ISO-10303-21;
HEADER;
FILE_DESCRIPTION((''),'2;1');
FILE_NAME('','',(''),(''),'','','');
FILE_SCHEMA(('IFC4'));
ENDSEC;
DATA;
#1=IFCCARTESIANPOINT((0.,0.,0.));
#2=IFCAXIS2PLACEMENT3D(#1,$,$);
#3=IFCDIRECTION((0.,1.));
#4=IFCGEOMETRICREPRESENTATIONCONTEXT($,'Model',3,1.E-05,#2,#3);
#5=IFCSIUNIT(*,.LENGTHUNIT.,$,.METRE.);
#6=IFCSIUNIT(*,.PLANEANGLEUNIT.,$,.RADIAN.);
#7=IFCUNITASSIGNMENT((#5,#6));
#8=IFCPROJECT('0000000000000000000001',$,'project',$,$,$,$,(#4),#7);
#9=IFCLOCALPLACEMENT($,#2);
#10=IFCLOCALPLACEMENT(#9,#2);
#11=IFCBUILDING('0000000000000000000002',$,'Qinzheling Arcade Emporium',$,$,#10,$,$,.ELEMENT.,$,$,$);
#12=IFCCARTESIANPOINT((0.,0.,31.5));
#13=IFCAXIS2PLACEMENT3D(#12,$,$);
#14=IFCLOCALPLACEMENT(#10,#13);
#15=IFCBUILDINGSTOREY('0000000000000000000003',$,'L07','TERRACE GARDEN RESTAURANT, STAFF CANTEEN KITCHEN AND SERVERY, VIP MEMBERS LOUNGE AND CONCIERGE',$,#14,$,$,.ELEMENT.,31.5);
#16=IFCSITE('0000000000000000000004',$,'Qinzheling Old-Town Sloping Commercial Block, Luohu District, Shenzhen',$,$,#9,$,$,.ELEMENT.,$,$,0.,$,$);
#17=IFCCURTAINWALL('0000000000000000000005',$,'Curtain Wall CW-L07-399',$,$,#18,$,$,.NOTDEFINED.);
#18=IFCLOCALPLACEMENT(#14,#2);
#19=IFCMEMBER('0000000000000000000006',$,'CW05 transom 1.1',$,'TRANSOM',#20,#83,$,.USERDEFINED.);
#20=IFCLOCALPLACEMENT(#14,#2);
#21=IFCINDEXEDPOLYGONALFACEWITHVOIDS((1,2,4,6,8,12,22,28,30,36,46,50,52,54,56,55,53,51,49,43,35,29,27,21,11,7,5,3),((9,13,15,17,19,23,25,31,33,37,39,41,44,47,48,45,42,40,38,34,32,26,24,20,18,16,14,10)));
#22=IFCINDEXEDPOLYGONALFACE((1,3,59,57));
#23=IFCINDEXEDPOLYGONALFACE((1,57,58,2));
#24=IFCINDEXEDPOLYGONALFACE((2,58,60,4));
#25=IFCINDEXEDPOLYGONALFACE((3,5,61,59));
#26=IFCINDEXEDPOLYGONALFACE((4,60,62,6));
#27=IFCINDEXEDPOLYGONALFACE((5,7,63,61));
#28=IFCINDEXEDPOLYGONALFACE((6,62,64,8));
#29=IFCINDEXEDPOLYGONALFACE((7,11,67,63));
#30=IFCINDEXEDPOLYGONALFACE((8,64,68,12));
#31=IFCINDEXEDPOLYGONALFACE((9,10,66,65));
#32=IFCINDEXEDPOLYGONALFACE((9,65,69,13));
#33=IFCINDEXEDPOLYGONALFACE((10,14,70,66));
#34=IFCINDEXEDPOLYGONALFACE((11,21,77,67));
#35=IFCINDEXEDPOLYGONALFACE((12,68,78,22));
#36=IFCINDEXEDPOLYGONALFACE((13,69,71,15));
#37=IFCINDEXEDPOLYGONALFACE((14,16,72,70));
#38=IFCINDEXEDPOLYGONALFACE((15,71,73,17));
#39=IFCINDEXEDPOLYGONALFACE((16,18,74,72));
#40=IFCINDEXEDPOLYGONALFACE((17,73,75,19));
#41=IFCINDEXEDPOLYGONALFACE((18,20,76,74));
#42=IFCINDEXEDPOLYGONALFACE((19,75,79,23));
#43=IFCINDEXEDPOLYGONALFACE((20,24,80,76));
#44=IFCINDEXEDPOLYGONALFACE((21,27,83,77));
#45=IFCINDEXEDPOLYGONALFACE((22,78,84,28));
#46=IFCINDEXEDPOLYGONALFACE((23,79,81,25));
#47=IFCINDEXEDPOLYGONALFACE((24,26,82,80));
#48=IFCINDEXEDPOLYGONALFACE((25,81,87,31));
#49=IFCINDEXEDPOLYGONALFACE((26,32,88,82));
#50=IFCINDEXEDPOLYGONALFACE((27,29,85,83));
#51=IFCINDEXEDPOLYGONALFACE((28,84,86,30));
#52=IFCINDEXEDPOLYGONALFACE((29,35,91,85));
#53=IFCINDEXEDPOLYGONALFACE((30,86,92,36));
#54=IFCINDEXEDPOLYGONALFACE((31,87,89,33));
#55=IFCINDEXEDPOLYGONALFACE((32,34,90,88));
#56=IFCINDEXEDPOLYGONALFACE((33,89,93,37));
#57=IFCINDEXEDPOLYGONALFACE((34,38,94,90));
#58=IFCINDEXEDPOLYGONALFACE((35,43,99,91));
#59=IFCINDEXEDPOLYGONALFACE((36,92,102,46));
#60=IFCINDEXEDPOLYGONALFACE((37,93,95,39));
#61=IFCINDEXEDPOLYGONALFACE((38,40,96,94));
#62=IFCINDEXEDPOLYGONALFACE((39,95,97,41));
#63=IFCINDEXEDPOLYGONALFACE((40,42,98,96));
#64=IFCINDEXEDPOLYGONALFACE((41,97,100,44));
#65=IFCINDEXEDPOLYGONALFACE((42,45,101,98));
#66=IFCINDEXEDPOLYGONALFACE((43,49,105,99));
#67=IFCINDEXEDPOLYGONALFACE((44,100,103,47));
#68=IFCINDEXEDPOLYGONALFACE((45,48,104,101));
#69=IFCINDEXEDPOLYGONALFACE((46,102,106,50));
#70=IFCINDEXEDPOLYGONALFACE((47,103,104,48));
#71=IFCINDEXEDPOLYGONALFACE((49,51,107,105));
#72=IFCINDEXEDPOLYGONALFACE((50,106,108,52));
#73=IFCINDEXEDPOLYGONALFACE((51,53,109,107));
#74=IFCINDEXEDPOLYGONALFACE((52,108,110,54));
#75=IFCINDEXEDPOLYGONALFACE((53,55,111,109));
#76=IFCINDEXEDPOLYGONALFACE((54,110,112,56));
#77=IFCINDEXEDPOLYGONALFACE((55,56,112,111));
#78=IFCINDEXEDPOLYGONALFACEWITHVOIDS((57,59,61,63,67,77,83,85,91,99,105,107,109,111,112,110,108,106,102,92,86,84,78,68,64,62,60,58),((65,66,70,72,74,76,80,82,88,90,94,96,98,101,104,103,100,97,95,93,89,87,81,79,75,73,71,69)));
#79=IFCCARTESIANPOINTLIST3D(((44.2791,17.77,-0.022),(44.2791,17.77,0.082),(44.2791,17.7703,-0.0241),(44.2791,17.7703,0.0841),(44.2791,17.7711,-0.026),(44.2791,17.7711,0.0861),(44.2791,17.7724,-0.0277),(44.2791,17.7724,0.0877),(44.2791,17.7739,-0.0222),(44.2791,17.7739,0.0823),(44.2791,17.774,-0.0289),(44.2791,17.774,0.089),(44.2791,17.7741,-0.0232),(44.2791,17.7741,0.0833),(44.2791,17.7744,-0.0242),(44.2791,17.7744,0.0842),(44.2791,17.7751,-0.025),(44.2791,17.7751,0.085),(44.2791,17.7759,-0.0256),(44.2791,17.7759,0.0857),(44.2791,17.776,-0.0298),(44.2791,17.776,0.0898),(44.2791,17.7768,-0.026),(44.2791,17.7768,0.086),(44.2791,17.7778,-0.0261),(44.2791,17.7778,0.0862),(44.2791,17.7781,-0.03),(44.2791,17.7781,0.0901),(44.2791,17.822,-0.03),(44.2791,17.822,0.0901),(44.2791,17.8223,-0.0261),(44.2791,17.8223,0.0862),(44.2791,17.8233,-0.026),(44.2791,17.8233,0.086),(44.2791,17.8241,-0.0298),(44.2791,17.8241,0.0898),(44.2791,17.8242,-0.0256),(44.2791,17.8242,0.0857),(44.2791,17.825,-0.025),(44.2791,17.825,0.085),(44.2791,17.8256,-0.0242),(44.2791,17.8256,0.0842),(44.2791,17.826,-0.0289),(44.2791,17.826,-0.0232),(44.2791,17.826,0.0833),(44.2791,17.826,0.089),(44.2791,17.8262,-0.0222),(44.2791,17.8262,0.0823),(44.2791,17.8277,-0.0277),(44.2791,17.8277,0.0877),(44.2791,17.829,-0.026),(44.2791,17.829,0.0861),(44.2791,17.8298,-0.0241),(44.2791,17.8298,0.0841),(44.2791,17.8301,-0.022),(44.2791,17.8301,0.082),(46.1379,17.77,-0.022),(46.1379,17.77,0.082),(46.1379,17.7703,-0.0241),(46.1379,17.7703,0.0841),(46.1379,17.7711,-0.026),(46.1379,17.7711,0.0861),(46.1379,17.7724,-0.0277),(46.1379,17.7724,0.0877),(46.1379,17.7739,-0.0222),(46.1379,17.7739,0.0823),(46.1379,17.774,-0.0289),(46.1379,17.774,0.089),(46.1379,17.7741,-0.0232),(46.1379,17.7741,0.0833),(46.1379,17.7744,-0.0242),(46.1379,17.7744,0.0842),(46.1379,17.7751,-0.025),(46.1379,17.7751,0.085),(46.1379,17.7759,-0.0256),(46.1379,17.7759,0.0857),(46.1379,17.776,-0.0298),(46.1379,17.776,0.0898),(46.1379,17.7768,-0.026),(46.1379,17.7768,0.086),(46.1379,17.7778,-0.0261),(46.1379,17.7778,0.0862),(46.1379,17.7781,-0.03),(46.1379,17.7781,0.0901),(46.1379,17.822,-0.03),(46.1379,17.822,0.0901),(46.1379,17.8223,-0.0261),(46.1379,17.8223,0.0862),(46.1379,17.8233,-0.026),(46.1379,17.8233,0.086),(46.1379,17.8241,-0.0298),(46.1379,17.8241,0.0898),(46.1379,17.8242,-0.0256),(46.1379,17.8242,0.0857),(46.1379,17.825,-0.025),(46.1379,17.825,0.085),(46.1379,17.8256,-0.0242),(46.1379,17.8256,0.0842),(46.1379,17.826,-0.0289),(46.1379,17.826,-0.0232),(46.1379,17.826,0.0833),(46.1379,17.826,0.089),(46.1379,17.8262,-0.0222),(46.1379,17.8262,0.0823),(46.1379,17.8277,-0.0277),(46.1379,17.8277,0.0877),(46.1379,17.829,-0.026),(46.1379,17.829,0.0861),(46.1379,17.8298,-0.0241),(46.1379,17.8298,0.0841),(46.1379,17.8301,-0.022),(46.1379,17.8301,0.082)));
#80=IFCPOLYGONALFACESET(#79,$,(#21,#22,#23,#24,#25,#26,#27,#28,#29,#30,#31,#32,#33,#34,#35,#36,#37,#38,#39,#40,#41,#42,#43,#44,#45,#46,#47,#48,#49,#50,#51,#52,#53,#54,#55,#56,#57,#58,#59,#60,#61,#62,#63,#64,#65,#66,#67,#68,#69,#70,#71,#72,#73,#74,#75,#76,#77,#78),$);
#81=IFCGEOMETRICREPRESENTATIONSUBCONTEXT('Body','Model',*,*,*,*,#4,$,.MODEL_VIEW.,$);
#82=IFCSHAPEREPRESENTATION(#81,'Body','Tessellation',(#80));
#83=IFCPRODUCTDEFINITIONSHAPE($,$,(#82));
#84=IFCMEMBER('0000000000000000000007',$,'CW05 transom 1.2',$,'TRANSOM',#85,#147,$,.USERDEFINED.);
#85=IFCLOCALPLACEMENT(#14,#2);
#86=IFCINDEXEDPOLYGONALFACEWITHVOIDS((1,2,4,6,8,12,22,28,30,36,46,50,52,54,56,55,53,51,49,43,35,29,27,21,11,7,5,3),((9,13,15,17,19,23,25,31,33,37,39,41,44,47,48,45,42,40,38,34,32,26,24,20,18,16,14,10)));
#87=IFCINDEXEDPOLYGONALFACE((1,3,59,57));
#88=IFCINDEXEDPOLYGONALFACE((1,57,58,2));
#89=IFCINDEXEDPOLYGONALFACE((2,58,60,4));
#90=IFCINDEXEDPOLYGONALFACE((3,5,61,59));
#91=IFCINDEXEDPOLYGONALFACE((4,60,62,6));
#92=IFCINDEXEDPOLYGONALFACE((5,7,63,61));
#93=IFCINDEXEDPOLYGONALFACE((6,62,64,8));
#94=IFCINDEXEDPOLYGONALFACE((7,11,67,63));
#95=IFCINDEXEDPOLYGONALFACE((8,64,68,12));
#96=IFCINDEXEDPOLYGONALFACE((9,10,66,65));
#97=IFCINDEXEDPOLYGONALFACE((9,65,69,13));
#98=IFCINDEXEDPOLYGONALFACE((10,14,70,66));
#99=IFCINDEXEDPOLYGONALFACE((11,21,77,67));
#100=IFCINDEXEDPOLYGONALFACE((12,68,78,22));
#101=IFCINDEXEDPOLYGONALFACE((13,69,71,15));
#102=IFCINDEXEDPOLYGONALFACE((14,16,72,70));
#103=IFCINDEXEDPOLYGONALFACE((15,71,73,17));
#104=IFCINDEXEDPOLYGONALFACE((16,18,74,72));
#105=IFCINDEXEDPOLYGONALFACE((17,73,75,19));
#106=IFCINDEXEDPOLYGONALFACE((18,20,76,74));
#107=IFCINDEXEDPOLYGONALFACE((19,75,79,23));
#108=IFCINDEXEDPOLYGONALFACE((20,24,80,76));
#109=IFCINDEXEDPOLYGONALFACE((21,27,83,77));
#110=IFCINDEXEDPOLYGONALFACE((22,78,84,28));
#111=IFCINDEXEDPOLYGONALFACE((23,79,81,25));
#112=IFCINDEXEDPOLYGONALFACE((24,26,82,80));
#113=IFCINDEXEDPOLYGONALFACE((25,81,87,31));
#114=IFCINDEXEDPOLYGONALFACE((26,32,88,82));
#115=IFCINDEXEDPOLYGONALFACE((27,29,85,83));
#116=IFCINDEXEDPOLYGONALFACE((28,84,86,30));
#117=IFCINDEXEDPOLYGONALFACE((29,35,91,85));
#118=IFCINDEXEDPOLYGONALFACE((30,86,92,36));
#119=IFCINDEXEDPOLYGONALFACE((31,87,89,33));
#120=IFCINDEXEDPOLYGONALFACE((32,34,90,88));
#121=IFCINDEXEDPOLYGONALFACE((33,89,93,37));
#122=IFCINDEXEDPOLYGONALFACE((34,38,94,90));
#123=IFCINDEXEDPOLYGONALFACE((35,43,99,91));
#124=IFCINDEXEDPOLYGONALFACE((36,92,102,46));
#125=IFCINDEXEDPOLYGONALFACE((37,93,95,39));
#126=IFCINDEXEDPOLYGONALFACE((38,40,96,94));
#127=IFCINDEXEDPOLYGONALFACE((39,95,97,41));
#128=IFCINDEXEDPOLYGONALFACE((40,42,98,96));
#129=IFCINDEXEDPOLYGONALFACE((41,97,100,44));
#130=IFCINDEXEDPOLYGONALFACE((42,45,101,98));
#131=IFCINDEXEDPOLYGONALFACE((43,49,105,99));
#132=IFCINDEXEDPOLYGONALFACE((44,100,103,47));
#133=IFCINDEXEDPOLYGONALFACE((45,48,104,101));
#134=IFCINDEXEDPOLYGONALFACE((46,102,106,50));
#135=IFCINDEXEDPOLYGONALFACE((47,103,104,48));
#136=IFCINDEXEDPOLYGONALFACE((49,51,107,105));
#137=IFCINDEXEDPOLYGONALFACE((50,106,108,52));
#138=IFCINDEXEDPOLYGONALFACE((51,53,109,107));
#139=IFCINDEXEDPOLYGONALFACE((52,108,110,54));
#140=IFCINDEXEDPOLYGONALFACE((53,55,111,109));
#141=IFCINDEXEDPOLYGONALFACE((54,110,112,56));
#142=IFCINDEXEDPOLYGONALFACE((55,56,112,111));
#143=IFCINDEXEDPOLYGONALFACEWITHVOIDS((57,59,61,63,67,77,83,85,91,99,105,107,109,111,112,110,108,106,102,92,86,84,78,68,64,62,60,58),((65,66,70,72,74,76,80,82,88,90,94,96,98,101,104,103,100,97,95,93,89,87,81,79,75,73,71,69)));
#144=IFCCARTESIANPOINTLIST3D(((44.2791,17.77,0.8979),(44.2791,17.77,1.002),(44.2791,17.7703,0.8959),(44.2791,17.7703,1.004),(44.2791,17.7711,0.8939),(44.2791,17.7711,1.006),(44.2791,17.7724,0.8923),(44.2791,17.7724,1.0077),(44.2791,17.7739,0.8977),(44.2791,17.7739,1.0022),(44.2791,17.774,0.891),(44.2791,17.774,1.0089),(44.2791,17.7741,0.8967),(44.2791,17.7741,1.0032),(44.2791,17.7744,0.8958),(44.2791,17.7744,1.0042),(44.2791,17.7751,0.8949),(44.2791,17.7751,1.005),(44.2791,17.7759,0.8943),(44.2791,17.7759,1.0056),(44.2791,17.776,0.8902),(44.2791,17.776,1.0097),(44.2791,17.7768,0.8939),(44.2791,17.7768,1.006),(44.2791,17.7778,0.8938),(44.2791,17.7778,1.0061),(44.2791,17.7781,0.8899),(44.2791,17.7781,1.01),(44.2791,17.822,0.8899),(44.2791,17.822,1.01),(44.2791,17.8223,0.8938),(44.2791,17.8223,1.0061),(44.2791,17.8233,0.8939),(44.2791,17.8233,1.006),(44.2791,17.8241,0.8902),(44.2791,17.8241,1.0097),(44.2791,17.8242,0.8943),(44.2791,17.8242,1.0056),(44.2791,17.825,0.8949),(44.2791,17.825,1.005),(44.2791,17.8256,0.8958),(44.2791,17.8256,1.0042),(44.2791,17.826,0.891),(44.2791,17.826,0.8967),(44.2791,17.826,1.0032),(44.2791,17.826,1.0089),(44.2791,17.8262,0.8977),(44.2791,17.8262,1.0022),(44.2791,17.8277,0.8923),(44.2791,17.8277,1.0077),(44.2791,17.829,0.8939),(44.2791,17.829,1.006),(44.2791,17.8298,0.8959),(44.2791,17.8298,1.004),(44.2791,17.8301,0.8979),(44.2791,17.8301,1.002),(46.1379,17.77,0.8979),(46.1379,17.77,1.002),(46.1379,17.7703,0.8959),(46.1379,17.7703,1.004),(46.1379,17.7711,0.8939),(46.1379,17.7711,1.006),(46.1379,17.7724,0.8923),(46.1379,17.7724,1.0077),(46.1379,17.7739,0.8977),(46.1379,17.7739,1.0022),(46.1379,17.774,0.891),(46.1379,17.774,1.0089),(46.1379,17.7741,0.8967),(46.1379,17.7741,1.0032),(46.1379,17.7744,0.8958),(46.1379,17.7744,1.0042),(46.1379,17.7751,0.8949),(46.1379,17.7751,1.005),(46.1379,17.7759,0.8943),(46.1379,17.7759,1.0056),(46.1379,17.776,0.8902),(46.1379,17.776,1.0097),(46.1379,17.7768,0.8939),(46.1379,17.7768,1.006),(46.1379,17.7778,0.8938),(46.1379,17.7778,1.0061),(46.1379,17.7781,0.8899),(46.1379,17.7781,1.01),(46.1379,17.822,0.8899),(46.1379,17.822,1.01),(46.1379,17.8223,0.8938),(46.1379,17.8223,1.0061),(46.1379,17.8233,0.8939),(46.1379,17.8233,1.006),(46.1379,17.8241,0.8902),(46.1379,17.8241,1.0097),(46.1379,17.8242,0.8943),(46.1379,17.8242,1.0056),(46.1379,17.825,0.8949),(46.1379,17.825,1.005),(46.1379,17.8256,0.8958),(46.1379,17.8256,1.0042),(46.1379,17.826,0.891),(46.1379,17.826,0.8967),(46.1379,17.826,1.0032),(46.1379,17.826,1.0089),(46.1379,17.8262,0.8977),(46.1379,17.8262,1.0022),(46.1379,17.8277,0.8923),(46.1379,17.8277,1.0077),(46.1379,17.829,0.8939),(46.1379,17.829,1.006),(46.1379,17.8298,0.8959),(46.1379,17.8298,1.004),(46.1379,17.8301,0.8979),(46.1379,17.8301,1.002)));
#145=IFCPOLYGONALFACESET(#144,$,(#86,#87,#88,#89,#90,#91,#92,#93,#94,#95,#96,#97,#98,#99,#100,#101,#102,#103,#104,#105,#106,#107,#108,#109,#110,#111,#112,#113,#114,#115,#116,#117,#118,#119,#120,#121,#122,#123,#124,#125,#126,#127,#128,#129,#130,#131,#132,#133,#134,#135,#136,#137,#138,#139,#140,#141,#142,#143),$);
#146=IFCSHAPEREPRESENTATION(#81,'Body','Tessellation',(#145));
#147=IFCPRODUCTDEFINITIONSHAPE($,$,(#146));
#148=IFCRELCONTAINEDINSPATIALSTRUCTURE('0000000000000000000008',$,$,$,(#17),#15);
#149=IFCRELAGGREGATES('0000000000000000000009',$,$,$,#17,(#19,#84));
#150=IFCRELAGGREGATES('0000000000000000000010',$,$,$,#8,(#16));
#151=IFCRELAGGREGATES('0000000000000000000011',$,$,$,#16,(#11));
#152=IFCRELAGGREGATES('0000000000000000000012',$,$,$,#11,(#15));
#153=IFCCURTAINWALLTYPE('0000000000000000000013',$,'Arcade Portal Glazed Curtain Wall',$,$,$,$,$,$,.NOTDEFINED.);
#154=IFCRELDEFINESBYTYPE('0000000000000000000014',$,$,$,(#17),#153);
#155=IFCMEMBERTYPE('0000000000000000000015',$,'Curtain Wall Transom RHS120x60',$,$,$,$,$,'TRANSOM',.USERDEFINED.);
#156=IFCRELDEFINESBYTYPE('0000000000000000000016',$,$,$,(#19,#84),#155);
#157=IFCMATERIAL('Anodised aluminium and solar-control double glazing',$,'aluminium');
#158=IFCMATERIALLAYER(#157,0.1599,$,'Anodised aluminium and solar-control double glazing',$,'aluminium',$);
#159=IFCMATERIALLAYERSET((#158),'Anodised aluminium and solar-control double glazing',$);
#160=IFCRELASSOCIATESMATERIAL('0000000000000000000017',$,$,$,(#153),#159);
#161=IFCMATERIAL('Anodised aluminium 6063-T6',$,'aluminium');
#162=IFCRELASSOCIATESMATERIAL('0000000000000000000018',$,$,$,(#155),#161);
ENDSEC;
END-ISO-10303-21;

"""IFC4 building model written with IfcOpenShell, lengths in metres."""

from ifc_helpers import new_model, si_unit, direction, frame, origin, origin_2d, place, context, subcontext, project, spatial, hollow_rectangle, extrude, material, layer, layer_set, material_profile, profile_set, type_object, element, aggregate, save


model = new_model("IFC4")

# Units and contexts
model_context = context("Model", 3, precision=1e-05, world=origin(), true_north=direction((0.0, 1.0)))
body_context = subcontext(model_context, "Body", "Model", "MODEL_VIEW")
ifc_project = project(units=[si_unit("LENGTHUNIT", "METRE"), si_unit("PLANEANGLEUNIT", "RADIAN")], contexts=[model_context])

# Site, building, storey
site_placement = place(None, origin())
site = spatial("IfcSite", under=ifc_project, at=site_placement, Name="Qinzheling Old-Town Sloping Commercial Block, Luohu District, Shenzhen", CompositionType="ELEMENT", RefElevation=0.0)
building_placement = place(site_placement, origin())
building = spatial("IfcBuilding", under=site, at=building_placement, Name="Qinzheling Arcade Emporium", CompositionType="ELEMENT")
storey_placement = place(building_placement, frame((0.0, 0.0, 31.5)))
storey = spatial("IfcBuildingStorey", under=building, at=storey_placement, Name="L07", Description="TERRACE GARDEN RESTAURANT, STAFF CANTEEN KITCHEN AND SERVERY, VIP MEMBERS LOUNGE AND CONCIERGE", CompositionType="ELEMENT", Elevation=31.5)

# Curtain wall
ifc_material_1 = material(Name="Anodised aluminium and solar-control double glazing", Category="aluminium")
ifc_layer_1 = layer(ifc_material_1, 0.1599, Name="Anodised aluminium and solar-control double glazing", Category="aluminium")
ifc_layer_set_1 = layer_set([ifc_layer_1], Name="Anodised aluminium and solar-control double glazing")
curtain_wall_type = type_object("IfcCurtainWallType", Name="Arcade Portal Glazed Curtain Wall", PredefinedType="NOTDEFINED", material=ifc_layer_set_1)
ifc_material_2 = material(Name="Anodised aluminium 6063-T6", Category="aluminium")
curtain_wall_1_placement = place(storey_placement, origin())
curtain_wall_1 = element("IfcCurtainWall", 1, at=curtain_wall_1_placement, inside=storey, type_object=curtain_wall_type, Name="Curtain Wall CW-L07-399", PredefinedType="NOTDEFINED")

# Members
ifc_material_profile_1 = material_profile(ifc_material_2, hollow_rectangle(XDim=0.0601, YDim=0.1201, WallThickness=0.0039, InnerFilletRadius=0.0039, OuterFilletRadius=0.0081, at=origin_2d()), Name="RHS 120x60x4", Category="aluminium")
ifc_profile_set_1 = profile_set([ifc_material_profile_1], Name="Anodised aluminium 6063-T6")
member_type_1 = type_object("IfcMemberType", Name="Curtain Wall Transom RHS120x60", ElementType="TRANSOM", PredefinedType="USERDEFINED", material=ifc_profile_set_1)
member_1_placement = place(storey_placement, frame((46.1379, 17.8, 0.03), z_axis=(-1.0, 0.0, 0.0), x_axis=(0.0, -1.0, 0.0)))
member_1 = element("IfcMember", 2, at=member_1_placement, type_object=member_type_1, Name="CW05 transom 1.1", ObjectType="TRANSOM", PredefinedType="USERDEFINED", context=body_context, shape_type="SweptSolid", body=[
    extrude(hollow_rectangle(XDim=0.0601, YDim=0.1201, WallThickness=0.0039, InnerFilletRadius=0.0039, OuterFilletRadius=0.0081, at=origin_2d()), origin(), (0.0, 0.0, 1.0), 1.8589),
])
member_2_placement = place(storey_placement, frame((46.1379, 17.8, 0.95), z_axis=(-1.0, 0.0, 0.0), x_axis=(0.0, -1.0, 0.0)))
member_2 = element("IfcMember", 3, at=member_2_placement, type_object=member_type_1, Name="CW05 transom 1.2", ObjectType="TRANSOM", PredefinedType="USERDEFINED", context=body_context, shape_type="SweptSolid", body=[
    extrude(hollow_rectangle(XDim=0.0601, YDim=0.1201, WallThickness=0.0039, InnerFilletRadius=0.0039, OuterFilletRadius=0.0081, at=origin_2d()), origin(), (0.0, 0.0, 1.0), 1.8589),
])

aggregate(curtain_wall_1, [member_1, member_2])

save(model, "model.ifc")
